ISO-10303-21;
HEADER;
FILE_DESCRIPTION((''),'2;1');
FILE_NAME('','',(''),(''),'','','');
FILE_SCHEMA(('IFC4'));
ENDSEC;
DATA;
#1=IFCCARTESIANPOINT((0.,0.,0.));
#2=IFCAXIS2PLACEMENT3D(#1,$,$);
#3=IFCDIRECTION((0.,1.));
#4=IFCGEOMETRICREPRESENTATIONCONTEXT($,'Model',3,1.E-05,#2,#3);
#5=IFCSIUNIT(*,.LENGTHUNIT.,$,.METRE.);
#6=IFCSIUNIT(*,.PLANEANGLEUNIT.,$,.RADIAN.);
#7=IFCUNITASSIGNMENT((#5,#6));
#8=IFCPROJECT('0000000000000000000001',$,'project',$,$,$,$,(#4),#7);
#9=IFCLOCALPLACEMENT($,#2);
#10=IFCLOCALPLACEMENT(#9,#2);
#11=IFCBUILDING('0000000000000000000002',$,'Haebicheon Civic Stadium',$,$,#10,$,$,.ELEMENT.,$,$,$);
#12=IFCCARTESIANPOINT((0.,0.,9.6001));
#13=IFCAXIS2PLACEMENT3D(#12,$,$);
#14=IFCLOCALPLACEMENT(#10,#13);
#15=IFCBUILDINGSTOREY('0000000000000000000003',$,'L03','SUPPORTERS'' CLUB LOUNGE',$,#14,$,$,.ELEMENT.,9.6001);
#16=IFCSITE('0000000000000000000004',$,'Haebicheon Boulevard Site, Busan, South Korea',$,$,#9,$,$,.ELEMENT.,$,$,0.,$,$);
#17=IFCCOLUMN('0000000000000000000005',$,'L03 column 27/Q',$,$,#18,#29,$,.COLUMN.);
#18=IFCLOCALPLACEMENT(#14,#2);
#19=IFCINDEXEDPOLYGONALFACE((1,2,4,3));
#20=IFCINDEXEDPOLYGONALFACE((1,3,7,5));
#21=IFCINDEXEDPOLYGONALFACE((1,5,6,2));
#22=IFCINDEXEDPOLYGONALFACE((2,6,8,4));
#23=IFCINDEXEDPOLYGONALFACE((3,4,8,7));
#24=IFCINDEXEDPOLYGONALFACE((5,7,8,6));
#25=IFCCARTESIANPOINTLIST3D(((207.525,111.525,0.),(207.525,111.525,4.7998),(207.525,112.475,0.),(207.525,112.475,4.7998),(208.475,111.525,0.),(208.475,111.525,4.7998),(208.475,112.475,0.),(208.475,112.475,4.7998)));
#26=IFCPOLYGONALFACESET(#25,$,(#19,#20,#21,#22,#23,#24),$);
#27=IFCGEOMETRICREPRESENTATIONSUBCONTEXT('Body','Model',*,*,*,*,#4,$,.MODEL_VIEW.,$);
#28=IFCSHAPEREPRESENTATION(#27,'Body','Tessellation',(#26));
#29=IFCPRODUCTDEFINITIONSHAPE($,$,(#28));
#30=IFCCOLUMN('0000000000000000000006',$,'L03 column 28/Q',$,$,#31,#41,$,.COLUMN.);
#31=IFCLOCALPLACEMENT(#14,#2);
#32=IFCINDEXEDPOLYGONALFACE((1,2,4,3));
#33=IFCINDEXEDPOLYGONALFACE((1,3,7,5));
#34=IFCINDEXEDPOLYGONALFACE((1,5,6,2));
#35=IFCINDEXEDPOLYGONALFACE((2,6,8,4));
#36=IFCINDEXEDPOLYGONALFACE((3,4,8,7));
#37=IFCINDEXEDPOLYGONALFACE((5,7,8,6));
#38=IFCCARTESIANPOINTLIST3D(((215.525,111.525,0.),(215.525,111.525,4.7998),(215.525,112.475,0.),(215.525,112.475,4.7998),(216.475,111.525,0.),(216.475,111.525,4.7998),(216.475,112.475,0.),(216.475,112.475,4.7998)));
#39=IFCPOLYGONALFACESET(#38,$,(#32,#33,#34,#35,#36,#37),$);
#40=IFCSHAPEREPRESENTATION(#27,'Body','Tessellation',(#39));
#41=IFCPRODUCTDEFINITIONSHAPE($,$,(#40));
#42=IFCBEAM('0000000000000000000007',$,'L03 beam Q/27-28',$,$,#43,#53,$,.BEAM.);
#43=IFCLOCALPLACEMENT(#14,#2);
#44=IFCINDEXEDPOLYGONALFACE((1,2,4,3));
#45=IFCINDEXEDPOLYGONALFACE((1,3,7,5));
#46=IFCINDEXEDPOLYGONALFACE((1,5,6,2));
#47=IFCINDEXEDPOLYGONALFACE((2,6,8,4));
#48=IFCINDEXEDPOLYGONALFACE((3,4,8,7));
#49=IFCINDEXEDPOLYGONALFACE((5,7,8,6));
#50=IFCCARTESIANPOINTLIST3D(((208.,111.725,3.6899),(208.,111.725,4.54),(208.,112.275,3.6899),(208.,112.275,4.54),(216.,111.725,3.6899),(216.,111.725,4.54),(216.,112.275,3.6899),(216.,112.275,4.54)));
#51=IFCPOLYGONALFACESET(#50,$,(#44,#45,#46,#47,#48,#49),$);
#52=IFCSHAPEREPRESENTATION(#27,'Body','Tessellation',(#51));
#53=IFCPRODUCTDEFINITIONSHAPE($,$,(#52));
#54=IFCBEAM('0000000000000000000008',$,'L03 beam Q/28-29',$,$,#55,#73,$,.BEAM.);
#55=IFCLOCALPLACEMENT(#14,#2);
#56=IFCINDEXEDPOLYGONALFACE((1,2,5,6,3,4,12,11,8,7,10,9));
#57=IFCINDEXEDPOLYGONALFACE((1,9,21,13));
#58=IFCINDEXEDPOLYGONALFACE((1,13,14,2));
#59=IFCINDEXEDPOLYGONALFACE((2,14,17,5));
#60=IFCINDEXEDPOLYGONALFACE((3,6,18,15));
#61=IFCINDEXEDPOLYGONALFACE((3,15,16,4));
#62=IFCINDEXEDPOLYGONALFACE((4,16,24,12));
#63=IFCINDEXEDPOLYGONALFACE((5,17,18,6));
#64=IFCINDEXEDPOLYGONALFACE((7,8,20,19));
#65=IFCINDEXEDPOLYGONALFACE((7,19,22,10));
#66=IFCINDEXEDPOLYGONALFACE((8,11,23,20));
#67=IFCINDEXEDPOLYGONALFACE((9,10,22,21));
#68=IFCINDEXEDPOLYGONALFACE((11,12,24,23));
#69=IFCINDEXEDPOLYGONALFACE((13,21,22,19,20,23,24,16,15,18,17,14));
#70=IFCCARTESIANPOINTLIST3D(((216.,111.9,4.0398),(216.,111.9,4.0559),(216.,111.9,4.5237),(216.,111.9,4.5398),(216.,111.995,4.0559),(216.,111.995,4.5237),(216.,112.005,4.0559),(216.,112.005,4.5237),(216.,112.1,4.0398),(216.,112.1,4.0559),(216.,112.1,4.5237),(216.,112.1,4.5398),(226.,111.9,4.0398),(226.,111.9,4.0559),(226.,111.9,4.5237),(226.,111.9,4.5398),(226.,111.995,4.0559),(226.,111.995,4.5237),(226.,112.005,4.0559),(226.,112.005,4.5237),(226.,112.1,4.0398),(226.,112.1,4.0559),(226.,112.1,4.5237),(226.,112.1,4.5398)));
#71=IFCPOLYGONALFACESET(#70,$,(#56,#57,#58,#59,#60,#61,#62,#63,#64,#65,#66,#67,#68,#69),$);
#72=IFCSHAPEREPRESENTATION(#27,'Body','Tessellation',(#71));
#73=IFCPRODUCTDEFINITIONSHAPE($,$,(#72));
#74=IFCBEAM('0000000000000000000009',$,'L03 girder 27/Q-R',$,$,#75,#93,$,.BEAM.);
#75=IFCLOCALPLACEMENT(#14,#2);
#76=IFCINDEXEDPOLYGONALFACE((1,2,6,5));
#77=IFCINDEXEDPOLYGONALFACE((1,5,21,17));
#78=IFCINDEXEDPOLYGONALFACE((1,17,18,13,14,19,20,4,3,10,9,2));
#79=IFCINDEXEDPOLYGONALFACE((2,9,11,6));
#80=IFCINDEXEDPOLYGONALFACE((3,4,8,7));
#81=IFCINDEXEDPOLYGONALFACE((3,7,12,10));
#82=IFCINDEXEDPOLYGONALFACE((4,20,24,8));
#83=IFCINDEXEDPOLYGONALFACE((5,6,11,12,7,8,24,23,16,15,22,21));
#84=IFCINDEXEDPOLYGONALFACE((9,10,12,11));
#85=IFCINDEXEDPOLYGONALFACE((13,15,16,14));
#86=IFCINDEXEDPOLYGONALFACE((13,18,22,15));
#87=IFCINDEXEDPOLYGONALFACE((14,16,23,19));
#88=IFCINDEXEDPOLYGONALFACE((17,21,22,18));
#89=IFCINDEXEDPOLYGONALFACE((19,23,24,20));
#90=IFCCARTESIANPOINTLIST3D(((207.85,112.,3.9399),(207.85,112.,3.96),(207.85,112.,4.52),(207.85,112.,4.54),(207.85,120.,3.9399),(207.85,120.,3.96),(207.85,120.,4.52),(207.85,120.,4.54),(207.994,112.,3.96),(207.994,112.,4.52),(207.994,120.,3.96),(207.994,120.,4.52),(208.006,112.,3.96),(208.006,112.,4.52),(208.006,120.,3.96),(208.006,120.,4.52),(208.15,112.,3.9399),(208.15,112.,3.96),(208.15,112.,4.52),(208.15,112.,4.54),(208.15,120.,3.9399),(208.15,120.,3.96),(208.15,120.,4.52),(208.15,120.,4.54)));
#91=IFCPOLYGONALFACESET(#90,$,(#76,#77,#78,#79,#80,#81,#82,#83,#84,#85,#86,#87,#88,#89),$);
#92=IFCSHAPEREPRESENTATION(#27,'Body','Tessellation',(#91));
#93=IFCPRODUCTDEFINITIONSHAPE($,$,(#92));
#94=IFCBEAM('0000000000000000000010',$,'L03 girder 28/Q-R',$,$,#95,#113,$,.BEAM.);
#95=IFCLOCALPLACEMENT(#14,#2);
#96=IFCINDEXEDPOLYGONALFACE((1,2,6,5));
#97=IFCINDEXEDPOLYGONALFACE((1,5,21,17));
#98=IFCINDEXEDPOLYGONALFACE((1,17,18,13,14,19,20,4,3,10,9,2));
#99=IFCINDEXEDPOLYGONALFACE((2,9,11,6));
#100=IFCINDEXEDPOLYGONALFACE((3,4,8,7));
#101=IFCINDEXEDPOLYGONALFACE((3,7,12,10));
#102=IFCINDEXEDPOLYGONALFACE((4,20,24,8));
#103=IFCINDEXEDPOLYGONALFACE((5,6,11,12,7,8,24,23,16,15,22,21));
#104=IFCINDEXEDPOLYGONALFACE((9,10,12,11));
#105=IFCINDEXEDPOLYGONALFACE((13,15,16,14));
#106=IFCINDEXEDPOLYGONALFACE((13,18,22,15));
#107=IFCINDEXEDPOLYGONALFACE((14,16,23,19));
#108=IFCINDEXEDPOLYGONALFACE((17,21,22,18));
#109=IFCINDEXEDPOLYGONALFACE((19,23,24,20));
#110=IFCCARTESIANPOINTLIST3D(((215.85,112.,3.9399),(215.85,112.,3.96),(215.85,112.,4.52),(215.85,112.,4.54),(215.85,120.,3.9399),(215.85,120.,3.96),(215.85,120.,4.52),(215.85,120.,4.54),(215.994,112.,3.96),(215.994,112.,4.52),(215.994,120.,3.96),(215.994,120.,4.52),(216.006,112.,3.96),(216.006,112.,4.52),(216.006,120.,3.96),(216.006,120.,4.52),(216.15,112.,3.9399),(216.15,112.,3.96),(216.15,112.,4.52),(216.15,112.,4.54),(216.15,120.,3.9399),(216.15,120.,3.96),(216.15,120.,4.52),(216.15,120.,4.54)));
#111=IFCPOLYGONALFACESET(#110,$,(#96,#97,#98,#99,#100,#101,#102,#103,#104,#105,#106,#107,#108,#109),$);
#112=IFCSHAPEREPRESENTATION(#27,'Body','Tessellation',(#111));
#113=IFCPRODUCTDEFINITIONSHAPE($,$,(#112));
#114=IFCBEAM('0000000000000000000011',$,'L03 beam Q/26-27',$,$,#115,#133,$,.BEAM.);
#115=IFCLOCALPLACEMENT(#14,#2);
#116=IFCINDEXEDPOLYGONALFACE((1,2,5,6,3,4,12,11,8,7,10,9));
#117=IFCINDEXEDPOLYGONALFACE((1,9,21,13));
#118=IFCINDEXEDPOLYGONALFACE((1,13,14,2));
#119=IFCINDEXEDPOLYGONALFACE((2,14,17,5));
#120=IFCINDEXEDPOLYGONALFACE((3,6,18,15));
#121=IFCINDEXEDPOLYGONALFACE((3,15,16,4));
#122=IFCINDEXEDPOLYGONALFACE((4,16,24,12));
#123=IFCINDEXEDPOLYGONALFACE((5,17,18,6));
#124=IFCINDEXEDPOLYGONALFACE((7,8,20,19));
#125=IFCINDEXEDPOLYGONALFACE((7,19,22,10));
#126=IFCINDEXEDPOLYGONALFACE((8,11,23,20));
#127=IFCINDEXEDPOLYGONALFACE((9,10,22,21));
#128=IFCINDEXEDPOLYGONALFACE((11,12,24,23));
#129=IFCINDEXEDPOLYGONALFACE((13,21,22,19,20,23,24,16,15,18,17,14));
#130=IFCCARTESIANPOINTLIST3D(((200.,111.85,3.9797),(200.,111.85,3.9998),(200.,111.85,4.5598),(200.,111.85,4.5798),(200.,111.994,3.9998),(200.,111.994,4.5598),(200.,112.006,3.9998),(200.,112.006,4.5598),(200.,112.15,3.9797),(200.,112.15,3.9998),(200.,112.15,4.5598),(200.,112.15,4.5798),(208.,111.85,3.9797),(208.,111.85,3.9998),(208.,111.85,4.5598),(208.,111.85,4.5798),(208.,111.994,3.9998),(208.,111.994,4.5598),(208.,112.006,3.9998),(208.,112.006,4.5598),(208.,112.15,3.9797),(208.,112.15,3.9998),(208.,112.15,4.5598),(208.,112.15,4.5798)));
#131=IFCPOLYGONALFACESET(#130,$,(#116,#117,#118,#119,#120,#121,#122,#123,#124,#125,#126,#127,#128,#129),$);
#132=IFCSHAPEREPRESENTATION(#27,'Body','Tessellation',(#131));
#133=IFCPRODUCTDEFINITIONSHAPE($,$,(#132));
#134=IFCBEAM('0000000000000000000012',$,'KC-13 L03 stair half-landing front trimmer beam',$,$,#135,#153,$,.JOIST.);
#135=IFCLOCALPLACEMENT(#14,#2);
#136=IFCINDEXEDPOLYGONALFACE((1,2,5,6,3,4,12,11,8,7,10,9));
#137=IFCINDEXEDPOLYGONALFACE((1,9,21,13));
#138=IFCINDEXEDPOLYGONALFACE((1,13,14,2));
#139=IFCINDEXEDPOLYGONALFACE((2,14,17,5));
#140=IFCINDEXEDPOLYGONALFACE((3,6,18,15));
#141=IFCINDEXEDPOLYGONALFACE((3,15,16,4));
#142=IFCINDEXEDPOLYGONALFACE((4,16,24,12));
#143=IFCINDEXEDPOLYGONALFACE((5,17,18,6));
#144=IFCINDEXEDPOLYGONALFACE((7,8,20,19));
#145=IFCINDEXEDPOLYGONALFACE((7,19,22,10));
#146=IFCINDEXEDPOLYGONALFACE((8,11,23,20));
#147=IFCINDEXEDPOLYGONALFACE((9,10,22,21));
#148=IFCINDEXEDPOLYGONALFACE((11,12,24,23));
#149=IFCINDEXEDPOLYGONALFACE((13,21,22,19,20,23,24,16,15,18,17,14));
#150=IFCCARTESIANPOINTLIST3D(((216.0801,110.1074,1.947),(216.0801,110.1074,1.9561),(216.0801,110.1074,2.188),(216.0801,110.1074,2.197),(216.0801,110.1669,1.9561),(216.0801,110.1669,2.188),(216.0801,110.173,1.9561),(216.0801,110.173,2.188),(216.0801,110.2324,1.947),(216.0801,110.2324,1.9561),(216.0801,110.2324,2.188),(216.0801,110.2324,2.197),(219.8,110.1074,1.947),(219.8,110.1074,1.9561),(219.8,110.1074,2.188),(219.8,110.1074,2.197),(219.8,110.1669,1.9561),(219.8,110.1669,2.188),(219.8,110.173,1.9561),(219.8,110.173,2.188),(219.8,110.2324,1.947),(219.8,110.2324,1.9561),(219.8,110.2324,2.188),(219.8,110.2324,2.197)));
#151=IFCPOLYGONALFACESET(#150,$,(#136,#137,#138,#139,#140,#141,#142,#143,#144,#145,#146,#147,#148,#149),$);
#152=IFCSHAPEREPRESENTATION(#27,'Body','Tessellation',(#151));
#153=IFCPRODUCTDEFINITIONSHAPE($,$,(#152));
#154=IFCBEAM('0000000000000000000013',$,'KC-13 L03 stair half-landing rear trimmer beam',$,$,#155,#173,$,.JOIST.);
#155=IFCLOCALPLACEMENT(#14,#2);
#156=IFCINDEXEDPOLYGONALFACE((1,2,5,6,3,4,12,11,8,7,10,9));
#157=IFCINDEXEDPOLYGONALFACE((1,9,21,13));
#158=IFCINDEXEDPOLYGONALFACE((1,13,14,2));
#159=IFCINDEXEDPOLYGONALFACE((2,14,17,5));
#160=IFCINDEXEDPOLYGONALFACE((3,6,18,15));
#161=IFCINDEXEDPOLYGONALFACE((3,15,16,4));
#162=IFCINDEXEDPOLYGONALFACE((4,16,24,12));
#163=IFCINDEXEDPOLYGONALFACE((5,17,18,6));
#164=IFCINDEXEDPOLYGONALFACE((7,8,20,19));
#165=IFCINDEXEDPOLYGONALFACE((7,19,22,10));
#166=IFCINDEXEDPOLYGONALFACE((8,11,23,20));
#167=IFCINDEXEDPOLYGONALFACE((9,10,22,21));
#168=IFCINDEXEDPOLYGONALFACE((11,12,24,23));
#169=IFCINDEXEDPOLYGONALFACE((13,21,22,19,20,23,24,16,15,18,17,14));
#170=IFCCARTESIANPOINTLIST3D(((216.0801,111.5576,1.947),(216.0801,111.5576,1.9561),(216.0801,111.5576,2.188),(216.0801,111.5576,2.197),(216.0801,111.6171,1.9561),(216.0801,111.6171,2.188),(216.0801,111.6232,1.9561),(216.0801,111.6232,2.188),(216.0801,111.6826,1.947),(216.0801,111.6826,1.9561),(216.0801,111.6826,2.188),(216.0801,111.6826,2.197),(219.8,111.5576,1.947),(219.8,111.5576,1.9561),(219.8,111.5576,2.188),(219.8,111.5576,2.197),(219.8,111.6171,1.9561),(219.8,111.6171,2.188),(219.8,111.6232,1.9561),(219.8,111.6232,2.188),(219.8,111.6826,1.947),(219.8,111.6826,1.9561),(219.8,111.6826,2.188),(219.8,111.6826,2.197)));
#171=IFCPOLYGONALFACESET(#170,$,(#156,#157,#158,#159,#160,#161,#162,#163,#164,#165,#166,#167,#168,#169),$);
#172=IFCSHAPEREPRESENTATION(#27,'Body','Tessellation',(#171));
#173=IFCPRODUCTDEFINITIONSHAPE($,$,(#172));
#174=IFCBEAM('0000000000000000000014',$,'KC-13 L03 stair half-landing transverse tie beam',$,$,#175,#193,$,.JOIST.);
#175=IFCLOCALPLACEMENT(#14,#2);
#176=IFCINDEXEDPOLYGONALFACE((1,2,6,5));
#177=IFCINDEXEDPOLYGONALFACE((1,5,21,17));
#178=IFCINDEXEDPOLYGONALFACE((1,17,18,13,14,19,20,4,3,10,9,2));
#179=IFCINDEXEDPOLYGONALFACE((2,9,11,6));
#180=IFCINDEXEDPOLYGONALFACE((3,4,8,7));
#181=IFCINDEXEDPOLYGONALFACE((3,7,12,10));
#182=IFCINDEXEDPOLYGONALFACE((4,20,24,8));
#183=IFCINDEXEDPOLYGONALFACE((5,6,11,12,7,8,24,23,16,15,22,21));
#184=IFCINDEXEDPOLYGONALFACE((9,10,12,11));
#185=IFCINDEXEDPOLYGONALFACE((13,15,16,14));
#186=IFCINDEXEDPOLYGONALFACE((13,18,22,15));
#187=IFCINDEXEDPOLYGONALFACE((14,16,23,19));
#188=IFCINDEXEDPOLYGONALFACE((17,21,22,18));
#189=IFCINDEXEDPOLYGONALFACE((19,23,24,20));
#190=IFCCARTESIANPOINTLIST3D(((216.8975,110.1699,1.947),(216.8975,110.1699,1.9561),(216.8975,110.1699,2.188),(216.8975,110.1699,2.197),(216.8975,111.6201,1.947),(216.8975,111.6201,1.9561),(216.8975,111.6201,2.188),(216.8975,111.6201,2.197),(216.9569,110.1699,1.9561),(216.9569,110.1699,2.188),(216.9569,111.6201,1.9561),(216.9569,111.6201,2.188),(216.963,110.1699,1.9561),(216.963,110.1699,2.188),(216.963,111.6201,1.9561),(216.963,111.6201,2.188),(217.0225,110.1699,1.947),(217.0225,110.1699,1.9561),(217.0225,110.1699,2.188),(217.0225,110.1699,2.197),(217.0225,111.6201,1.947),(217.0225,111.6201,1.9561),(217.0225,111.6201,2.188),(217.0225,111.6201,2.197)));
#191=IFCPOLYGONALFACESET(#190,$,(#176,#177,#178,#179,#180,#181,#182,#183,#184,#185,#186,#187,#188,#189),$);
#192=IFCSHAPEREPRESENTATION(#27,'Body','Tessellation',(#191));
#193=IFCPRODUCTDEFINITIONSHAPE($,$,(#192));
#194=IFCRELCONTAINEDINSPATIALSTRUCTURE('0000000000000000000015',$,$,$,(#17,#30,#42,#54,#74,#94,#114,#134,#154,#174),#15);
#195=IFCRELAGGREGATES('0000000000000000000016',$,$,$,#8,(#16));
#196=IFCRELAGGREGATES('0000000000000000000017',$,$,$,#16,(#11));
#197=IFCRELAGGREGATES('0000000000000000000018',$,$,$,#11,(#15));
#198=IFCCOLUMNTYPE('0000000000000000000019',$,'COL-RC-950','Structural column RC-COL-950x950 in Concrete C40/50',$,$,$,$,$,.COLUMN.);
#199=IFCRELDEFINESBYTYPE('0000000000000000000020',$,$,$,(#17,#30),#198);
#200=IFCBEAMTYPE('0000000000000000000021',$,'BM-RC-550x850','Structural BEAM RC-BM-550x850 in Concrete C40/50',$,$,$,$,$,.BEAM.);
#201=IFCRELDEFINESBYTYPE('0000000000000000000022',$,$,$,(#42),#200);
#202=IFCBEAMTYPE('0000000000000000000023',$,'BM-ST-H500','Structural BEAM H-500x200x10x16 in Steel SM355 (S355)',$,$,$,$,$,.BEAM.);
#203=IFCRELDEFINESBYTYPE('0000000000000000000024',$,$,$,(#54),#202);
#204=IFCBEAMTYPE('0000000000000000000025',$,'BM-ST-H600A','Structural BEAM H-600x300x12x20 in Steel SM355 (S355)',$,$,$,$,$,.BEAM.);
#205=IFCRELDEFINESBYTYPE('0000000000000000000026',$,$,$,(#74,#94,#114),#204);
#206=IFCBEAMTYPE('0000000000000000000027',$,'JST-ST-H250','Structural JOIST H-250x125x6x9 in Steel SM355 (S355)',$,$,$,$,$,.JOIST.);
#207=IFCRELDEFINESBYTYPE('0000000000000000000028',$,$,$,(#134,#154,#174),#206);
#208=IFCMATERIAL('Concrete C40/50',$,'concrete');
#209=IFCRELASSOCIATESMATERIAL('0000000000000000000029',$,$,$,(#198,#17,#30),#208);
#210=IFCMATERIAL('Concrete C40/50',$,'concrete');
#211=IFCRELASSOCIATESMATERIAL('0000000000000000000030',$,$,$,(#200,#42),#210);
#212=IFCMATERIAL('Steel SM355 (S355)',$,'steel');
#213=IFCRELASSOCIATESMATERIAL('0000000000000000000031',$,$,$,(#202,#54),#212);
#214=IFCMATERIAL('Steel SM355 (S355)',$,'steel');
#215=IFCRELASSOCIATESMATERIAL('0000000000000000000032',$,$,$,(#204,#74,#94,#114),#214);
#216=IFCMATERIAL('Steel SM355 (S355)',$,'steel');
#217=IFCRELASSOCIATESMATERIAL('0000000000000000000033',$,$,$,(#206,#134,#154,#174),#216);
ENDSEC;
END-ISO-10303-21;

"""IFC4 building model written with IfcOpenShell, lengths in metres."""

from ifc_helpers import new_model, si_unit, direction, frame, origin, origin_2d, place, context, subcontext, project, spatial, rectangle, i_section, extrude, material, material_profile, profile_set, type_object, element, save


model = new_model("IFC4")

# Units and contexts
model_context = context("Model", 3, precision=1e-05, world=origin(), true_north=direction((0.0, 1.0)))
body_context = subcontext(model_context, "Body", "Model", "MODEL_VIEW")
ifc_project = project(units=[si_unit("LENGTHUNIT", "METRE"), si_unit("PLANEANGLEUNIT", "RADIAN")], contexts=[model_context])

# Site, building, storey
site_placement = place(None, origin())
site = spatial("IfcSite", under=ifc_project, at=site_placement, Name="Haebicheon Boulevard Site, Busan, South Korea", CompositionType="ELEMENT", RefElevation=0.0)
building_placement = place(site_placement, origin())
building = spatial("IfcBuilding", under=site, at=building_placement, Name="Haebicheon Civic Stadium", CompositionType="ELEMENT")
storey_placement = place(building_placement, frame((0.0, 0.0, 9.6001)))
storey = spatial("IfcBuildingStorey", under=building, at=storey_placement, Name="L03", Description="SUPPORTERS' CLUB LOUNGE", CompositionType="ELEMENT", Elevation=9.6001)

# Columns
ifc_material_1 = material(Name="Concrete C40/50", Category="concrete")
ifc_material_profile_1 = material_profile(ifc_material_1, rectangle(XDim=0.95, YDim=0.95, at=origin_2d()), Name="RC-COL-950x950")
ifc_profile_set_1 = profile_set([ifc_material_profile_1], Name="Concrete C40/50")
column_type = type_object("IfcColumnType", Name="COL-RC-950", Description="Structural column RC-COL-950x950 in Concrete C40/50", PredefinedType="COLUMN", material=ifc_profile_set_1)
for number, where, z_axis, x_axis, name in (
    (1, (208.0, 112.0, 0.0), (0.0, 0.0, 1.0), (1.0, 0.0, 0.0), "L03 column 27/Q"),
    (2, (216.0, 112.0, 0.0), (0.0, 0.0, 1.0), (1.0, 0.0, 0.0), "L03 column 28/Q"),
):
    element("IfcColumn", number, at=place(storey_placement, frame(where, z_axis=z_axis, x_axis=x_axis)), inside=storey, type_object=column_type, material=ifc_profile_set_1, Name=name, PredefinedType="COLUMN", context=body_context, shape_type="SweptSolid", body=[
        extrude(rectangle(XDim=0.95, YDim=0.95, at=origin_2d()), origin(), (0.0, 0.0, 1.0), 4.7998),
    ])

# Beams
ifc_material_2 = material(Name="Concrete C40/50", Category="concrete")
ifc_material_profile_2 = material_profile(ifc_material_2, rectangle(XDim=0.55, YDim=0.8501, at=origin_2d()), Name="RC-BM-550x850")
ifc_profile_set_2 = profile_set([ifc_material_profile_2], Name="Concrete C40/50")
beam_type_1 = type_object("IfcBeamType", Name="BM-RC-550x850", Description="Structural BEAM RC-BM-550x850 in Concrete C40/50", PredefinedType="BEAM", material=ifc_profile_set_2)
beam_1_placement = place(storey_placement, frame((208.0, 112.0, 4.115), z_axis=(1.0, 0.0, 0.0), x_axis=(0.0, 1.0, 0.0)))
element("IfcBeam", 3, at=beam_1_placement, inside=storey, type_object=beam_type_1, material=ifc_profile_set_2, Name="L03 beam Q/27-28", PredefinedType="BEAM", context=body_context, shape_type="SweptSolid", body=[
    extrude(rectangle(XDim=0.55, YDim=0.8501, at=origin_2d()), origin(), (0.0, 0.0, 1.0), 8.0),
])
ifc_material_3 = material(Name="Steel SM355 (S355)", Category="steel")
ifc_material_profile_3 = material_profile(ifc_material_3, i_section(OverallWidth=0.2, OverallDepth=0.5, WebThickness=0.01, FlangeThickness=0.0161, at=origin_2d()), Name="H-500x200x10x16")
ifc_profile_set_3 = profile_set([ifc_material_profile_3], Name="Steel SM355 (S355)")
beam_type_2 = type_object("IfcBeamType", Name="BM-ST-H500", Description="Structural BEAM H-500x200x10x16 in Steel SM355 (S355)", PredefinedType="BEAM", material=ifc_profile_set_3)
beam_2_placement = place(storey_placement, frame((216.0, 112.0, 4.2898), z_axis=(1.0, 0.0, 0.0), x_axis=(0.0, 1.0, 0.0)))
element("IfcBeam", 4, at=beam_2_placement, inside=storey, type_object=beam_type_2, material=ifc_profile_set_3, Name="L03 beam Q/28-29", PredefinedType="BEAM", context=body_context, shape_type="SweptSolid", body=[
    extrude(i_section(OverallWidth=0.2, OverallDepth=0.5, WebThickness=0.01, FlangeThickness=0.0161, at=origin_2d()), origin(), (0.0, 0.0, 1.0), 10.0),
])
ifc_material_4 = material(Name="Steel SM355 (S355)", Category="steel")
ifc_material_profile_4 = material_profile(ifc_material_4, i_section(OverallWidth=0.3, OverallDepth=0.6001, WebThickness=0.012, FlangeThickness=0.02, at=origin_2d()), Name="H-600x300x12x20")
ifc_profile_set_4 = profile_set([ifc_material_profile_4], Name="Steel SM355 (S355)")
beam_type_3 = type_object("IfcBeamType", Name="BM-ST-H600A", Description="Structural BEAM H-600x300x12x20 in Steel SM355 (S355)", PredefinedType="BEAM", material=ifc_profile_set_4)
for number, where, z_axis, x_axis, name in (
    (5, (208.0, 112.0, 4.24), (0.0, 1.0, 0.0), (-1.0, 0.0, 0.0), "L03 girder 27/Q-R"),
    (6, (216.0, 112.0, 4.24), (0.0, 1.0, 0.0), (-1.0, 0.0, 0.0), "L03 girder 28/Q-R"),
    (7, (200.0, 112.0, 4.2798), (1.0, 0.0, 0.0), (0.0, 1.0, 0.0), "L03 beam Q/26-27"),
):
    element("IfcBeam", number, at=place(storey_placement, frame(where, z_axis=z_axis, x_axis=x_axis)), inside=storey, type_object=beam_type_3, material=ifc_profile_set_4, Name=name, PredefinedType="BEAM", context=body_context, shape_type="SweptSolid", body=[
        extrude(i_section(OverallWidth=0.3, OverallDepth=0.6001, WebThickness=0.012, FlangeThickness=0.02, at=origin_2d()), origin(), (0.0, 0.0, 1.0), 8.0),
    ])
ifc_material_5 = material(Name="Steel SM355 (S355)", Category="steel")
ifc_material_profile_5 = material_profile(ifc_material_5, i_section(OverallWidth=0.125, OverallDepth=0.25, WebThickness=0.0061, FlangeThickness=0.009, at=origin_2d()), Name="H-250x125x6x9")
ifc_profile_set_5 = profile_set([ifc_material_profile_5], Name="Steel SM355 (S355)")
beam_type_4 = type_object("IfcBeamType", Name="JST-ST-H250", Description="Structural JOIST H-250x125x6x9 in Steel SM355 (S355)", PredefinedType="JOIST", material=ifc_profile_set_5)
for number, where, z_axis, x_axis, name in (
    (8, (216.0801, 110.1699, 2.072), (1.0, 0.0, 0.0), (0.0, 1.0, 0.0), "KC-13 L03 stair half-landing front trimmer beam"),
    (9, (216.0801, 111.6201, 2.072), (1.0, 0.0, 0.0), (0.0, 1.0, 0.0), "KC-13 L03 stair half-landing rear trimmer beam"),
):
    element("IfcBeam", number, at=place(storey_placement, frame(where, z_axis=z_axis, x_axis=x_axis)), inside=storey, type_object=beam_type_4, material=ifc_profile_set_5, Name=name, PredefinedType="JOIST", context=body_context, shape_type="SweptSolid", body=[
        extrude(i_section(OverallWidth=0.125, OverallDepth=0.25, WebThickness=0.0061, FlangeThickness=0.009, at=origin_2d()), origin(), (0.0, 0.0, 1.0), 3.72),
    ])
beam_3_placement = place(storey_placement, frame((216.96, 110.1699, 2.072), z_axis=(0.0, 1.0, 0.0), x_axis=(-1.0, 0.0, 0.0)))
element("IfcBeam", 10, at=beam_3_placement, inside=storey, type_object=beam_type_4, material=ifc_profile_set_5, Name="KC-13 L03 stair half-landing transverse tie beam", PredefinedType="JOIST", context=body_context, shape_type="SweptSolid", body=[
    extrude(i_section(OverallWidth=0.125, OverallDepth=0.25, WebThickness=0.0061, FlangeThickness=0.009, at=origin_2d()), origin(), (0.0, 0.0, 1.0), 1.4502),
])

save(model, "model.ifc")
